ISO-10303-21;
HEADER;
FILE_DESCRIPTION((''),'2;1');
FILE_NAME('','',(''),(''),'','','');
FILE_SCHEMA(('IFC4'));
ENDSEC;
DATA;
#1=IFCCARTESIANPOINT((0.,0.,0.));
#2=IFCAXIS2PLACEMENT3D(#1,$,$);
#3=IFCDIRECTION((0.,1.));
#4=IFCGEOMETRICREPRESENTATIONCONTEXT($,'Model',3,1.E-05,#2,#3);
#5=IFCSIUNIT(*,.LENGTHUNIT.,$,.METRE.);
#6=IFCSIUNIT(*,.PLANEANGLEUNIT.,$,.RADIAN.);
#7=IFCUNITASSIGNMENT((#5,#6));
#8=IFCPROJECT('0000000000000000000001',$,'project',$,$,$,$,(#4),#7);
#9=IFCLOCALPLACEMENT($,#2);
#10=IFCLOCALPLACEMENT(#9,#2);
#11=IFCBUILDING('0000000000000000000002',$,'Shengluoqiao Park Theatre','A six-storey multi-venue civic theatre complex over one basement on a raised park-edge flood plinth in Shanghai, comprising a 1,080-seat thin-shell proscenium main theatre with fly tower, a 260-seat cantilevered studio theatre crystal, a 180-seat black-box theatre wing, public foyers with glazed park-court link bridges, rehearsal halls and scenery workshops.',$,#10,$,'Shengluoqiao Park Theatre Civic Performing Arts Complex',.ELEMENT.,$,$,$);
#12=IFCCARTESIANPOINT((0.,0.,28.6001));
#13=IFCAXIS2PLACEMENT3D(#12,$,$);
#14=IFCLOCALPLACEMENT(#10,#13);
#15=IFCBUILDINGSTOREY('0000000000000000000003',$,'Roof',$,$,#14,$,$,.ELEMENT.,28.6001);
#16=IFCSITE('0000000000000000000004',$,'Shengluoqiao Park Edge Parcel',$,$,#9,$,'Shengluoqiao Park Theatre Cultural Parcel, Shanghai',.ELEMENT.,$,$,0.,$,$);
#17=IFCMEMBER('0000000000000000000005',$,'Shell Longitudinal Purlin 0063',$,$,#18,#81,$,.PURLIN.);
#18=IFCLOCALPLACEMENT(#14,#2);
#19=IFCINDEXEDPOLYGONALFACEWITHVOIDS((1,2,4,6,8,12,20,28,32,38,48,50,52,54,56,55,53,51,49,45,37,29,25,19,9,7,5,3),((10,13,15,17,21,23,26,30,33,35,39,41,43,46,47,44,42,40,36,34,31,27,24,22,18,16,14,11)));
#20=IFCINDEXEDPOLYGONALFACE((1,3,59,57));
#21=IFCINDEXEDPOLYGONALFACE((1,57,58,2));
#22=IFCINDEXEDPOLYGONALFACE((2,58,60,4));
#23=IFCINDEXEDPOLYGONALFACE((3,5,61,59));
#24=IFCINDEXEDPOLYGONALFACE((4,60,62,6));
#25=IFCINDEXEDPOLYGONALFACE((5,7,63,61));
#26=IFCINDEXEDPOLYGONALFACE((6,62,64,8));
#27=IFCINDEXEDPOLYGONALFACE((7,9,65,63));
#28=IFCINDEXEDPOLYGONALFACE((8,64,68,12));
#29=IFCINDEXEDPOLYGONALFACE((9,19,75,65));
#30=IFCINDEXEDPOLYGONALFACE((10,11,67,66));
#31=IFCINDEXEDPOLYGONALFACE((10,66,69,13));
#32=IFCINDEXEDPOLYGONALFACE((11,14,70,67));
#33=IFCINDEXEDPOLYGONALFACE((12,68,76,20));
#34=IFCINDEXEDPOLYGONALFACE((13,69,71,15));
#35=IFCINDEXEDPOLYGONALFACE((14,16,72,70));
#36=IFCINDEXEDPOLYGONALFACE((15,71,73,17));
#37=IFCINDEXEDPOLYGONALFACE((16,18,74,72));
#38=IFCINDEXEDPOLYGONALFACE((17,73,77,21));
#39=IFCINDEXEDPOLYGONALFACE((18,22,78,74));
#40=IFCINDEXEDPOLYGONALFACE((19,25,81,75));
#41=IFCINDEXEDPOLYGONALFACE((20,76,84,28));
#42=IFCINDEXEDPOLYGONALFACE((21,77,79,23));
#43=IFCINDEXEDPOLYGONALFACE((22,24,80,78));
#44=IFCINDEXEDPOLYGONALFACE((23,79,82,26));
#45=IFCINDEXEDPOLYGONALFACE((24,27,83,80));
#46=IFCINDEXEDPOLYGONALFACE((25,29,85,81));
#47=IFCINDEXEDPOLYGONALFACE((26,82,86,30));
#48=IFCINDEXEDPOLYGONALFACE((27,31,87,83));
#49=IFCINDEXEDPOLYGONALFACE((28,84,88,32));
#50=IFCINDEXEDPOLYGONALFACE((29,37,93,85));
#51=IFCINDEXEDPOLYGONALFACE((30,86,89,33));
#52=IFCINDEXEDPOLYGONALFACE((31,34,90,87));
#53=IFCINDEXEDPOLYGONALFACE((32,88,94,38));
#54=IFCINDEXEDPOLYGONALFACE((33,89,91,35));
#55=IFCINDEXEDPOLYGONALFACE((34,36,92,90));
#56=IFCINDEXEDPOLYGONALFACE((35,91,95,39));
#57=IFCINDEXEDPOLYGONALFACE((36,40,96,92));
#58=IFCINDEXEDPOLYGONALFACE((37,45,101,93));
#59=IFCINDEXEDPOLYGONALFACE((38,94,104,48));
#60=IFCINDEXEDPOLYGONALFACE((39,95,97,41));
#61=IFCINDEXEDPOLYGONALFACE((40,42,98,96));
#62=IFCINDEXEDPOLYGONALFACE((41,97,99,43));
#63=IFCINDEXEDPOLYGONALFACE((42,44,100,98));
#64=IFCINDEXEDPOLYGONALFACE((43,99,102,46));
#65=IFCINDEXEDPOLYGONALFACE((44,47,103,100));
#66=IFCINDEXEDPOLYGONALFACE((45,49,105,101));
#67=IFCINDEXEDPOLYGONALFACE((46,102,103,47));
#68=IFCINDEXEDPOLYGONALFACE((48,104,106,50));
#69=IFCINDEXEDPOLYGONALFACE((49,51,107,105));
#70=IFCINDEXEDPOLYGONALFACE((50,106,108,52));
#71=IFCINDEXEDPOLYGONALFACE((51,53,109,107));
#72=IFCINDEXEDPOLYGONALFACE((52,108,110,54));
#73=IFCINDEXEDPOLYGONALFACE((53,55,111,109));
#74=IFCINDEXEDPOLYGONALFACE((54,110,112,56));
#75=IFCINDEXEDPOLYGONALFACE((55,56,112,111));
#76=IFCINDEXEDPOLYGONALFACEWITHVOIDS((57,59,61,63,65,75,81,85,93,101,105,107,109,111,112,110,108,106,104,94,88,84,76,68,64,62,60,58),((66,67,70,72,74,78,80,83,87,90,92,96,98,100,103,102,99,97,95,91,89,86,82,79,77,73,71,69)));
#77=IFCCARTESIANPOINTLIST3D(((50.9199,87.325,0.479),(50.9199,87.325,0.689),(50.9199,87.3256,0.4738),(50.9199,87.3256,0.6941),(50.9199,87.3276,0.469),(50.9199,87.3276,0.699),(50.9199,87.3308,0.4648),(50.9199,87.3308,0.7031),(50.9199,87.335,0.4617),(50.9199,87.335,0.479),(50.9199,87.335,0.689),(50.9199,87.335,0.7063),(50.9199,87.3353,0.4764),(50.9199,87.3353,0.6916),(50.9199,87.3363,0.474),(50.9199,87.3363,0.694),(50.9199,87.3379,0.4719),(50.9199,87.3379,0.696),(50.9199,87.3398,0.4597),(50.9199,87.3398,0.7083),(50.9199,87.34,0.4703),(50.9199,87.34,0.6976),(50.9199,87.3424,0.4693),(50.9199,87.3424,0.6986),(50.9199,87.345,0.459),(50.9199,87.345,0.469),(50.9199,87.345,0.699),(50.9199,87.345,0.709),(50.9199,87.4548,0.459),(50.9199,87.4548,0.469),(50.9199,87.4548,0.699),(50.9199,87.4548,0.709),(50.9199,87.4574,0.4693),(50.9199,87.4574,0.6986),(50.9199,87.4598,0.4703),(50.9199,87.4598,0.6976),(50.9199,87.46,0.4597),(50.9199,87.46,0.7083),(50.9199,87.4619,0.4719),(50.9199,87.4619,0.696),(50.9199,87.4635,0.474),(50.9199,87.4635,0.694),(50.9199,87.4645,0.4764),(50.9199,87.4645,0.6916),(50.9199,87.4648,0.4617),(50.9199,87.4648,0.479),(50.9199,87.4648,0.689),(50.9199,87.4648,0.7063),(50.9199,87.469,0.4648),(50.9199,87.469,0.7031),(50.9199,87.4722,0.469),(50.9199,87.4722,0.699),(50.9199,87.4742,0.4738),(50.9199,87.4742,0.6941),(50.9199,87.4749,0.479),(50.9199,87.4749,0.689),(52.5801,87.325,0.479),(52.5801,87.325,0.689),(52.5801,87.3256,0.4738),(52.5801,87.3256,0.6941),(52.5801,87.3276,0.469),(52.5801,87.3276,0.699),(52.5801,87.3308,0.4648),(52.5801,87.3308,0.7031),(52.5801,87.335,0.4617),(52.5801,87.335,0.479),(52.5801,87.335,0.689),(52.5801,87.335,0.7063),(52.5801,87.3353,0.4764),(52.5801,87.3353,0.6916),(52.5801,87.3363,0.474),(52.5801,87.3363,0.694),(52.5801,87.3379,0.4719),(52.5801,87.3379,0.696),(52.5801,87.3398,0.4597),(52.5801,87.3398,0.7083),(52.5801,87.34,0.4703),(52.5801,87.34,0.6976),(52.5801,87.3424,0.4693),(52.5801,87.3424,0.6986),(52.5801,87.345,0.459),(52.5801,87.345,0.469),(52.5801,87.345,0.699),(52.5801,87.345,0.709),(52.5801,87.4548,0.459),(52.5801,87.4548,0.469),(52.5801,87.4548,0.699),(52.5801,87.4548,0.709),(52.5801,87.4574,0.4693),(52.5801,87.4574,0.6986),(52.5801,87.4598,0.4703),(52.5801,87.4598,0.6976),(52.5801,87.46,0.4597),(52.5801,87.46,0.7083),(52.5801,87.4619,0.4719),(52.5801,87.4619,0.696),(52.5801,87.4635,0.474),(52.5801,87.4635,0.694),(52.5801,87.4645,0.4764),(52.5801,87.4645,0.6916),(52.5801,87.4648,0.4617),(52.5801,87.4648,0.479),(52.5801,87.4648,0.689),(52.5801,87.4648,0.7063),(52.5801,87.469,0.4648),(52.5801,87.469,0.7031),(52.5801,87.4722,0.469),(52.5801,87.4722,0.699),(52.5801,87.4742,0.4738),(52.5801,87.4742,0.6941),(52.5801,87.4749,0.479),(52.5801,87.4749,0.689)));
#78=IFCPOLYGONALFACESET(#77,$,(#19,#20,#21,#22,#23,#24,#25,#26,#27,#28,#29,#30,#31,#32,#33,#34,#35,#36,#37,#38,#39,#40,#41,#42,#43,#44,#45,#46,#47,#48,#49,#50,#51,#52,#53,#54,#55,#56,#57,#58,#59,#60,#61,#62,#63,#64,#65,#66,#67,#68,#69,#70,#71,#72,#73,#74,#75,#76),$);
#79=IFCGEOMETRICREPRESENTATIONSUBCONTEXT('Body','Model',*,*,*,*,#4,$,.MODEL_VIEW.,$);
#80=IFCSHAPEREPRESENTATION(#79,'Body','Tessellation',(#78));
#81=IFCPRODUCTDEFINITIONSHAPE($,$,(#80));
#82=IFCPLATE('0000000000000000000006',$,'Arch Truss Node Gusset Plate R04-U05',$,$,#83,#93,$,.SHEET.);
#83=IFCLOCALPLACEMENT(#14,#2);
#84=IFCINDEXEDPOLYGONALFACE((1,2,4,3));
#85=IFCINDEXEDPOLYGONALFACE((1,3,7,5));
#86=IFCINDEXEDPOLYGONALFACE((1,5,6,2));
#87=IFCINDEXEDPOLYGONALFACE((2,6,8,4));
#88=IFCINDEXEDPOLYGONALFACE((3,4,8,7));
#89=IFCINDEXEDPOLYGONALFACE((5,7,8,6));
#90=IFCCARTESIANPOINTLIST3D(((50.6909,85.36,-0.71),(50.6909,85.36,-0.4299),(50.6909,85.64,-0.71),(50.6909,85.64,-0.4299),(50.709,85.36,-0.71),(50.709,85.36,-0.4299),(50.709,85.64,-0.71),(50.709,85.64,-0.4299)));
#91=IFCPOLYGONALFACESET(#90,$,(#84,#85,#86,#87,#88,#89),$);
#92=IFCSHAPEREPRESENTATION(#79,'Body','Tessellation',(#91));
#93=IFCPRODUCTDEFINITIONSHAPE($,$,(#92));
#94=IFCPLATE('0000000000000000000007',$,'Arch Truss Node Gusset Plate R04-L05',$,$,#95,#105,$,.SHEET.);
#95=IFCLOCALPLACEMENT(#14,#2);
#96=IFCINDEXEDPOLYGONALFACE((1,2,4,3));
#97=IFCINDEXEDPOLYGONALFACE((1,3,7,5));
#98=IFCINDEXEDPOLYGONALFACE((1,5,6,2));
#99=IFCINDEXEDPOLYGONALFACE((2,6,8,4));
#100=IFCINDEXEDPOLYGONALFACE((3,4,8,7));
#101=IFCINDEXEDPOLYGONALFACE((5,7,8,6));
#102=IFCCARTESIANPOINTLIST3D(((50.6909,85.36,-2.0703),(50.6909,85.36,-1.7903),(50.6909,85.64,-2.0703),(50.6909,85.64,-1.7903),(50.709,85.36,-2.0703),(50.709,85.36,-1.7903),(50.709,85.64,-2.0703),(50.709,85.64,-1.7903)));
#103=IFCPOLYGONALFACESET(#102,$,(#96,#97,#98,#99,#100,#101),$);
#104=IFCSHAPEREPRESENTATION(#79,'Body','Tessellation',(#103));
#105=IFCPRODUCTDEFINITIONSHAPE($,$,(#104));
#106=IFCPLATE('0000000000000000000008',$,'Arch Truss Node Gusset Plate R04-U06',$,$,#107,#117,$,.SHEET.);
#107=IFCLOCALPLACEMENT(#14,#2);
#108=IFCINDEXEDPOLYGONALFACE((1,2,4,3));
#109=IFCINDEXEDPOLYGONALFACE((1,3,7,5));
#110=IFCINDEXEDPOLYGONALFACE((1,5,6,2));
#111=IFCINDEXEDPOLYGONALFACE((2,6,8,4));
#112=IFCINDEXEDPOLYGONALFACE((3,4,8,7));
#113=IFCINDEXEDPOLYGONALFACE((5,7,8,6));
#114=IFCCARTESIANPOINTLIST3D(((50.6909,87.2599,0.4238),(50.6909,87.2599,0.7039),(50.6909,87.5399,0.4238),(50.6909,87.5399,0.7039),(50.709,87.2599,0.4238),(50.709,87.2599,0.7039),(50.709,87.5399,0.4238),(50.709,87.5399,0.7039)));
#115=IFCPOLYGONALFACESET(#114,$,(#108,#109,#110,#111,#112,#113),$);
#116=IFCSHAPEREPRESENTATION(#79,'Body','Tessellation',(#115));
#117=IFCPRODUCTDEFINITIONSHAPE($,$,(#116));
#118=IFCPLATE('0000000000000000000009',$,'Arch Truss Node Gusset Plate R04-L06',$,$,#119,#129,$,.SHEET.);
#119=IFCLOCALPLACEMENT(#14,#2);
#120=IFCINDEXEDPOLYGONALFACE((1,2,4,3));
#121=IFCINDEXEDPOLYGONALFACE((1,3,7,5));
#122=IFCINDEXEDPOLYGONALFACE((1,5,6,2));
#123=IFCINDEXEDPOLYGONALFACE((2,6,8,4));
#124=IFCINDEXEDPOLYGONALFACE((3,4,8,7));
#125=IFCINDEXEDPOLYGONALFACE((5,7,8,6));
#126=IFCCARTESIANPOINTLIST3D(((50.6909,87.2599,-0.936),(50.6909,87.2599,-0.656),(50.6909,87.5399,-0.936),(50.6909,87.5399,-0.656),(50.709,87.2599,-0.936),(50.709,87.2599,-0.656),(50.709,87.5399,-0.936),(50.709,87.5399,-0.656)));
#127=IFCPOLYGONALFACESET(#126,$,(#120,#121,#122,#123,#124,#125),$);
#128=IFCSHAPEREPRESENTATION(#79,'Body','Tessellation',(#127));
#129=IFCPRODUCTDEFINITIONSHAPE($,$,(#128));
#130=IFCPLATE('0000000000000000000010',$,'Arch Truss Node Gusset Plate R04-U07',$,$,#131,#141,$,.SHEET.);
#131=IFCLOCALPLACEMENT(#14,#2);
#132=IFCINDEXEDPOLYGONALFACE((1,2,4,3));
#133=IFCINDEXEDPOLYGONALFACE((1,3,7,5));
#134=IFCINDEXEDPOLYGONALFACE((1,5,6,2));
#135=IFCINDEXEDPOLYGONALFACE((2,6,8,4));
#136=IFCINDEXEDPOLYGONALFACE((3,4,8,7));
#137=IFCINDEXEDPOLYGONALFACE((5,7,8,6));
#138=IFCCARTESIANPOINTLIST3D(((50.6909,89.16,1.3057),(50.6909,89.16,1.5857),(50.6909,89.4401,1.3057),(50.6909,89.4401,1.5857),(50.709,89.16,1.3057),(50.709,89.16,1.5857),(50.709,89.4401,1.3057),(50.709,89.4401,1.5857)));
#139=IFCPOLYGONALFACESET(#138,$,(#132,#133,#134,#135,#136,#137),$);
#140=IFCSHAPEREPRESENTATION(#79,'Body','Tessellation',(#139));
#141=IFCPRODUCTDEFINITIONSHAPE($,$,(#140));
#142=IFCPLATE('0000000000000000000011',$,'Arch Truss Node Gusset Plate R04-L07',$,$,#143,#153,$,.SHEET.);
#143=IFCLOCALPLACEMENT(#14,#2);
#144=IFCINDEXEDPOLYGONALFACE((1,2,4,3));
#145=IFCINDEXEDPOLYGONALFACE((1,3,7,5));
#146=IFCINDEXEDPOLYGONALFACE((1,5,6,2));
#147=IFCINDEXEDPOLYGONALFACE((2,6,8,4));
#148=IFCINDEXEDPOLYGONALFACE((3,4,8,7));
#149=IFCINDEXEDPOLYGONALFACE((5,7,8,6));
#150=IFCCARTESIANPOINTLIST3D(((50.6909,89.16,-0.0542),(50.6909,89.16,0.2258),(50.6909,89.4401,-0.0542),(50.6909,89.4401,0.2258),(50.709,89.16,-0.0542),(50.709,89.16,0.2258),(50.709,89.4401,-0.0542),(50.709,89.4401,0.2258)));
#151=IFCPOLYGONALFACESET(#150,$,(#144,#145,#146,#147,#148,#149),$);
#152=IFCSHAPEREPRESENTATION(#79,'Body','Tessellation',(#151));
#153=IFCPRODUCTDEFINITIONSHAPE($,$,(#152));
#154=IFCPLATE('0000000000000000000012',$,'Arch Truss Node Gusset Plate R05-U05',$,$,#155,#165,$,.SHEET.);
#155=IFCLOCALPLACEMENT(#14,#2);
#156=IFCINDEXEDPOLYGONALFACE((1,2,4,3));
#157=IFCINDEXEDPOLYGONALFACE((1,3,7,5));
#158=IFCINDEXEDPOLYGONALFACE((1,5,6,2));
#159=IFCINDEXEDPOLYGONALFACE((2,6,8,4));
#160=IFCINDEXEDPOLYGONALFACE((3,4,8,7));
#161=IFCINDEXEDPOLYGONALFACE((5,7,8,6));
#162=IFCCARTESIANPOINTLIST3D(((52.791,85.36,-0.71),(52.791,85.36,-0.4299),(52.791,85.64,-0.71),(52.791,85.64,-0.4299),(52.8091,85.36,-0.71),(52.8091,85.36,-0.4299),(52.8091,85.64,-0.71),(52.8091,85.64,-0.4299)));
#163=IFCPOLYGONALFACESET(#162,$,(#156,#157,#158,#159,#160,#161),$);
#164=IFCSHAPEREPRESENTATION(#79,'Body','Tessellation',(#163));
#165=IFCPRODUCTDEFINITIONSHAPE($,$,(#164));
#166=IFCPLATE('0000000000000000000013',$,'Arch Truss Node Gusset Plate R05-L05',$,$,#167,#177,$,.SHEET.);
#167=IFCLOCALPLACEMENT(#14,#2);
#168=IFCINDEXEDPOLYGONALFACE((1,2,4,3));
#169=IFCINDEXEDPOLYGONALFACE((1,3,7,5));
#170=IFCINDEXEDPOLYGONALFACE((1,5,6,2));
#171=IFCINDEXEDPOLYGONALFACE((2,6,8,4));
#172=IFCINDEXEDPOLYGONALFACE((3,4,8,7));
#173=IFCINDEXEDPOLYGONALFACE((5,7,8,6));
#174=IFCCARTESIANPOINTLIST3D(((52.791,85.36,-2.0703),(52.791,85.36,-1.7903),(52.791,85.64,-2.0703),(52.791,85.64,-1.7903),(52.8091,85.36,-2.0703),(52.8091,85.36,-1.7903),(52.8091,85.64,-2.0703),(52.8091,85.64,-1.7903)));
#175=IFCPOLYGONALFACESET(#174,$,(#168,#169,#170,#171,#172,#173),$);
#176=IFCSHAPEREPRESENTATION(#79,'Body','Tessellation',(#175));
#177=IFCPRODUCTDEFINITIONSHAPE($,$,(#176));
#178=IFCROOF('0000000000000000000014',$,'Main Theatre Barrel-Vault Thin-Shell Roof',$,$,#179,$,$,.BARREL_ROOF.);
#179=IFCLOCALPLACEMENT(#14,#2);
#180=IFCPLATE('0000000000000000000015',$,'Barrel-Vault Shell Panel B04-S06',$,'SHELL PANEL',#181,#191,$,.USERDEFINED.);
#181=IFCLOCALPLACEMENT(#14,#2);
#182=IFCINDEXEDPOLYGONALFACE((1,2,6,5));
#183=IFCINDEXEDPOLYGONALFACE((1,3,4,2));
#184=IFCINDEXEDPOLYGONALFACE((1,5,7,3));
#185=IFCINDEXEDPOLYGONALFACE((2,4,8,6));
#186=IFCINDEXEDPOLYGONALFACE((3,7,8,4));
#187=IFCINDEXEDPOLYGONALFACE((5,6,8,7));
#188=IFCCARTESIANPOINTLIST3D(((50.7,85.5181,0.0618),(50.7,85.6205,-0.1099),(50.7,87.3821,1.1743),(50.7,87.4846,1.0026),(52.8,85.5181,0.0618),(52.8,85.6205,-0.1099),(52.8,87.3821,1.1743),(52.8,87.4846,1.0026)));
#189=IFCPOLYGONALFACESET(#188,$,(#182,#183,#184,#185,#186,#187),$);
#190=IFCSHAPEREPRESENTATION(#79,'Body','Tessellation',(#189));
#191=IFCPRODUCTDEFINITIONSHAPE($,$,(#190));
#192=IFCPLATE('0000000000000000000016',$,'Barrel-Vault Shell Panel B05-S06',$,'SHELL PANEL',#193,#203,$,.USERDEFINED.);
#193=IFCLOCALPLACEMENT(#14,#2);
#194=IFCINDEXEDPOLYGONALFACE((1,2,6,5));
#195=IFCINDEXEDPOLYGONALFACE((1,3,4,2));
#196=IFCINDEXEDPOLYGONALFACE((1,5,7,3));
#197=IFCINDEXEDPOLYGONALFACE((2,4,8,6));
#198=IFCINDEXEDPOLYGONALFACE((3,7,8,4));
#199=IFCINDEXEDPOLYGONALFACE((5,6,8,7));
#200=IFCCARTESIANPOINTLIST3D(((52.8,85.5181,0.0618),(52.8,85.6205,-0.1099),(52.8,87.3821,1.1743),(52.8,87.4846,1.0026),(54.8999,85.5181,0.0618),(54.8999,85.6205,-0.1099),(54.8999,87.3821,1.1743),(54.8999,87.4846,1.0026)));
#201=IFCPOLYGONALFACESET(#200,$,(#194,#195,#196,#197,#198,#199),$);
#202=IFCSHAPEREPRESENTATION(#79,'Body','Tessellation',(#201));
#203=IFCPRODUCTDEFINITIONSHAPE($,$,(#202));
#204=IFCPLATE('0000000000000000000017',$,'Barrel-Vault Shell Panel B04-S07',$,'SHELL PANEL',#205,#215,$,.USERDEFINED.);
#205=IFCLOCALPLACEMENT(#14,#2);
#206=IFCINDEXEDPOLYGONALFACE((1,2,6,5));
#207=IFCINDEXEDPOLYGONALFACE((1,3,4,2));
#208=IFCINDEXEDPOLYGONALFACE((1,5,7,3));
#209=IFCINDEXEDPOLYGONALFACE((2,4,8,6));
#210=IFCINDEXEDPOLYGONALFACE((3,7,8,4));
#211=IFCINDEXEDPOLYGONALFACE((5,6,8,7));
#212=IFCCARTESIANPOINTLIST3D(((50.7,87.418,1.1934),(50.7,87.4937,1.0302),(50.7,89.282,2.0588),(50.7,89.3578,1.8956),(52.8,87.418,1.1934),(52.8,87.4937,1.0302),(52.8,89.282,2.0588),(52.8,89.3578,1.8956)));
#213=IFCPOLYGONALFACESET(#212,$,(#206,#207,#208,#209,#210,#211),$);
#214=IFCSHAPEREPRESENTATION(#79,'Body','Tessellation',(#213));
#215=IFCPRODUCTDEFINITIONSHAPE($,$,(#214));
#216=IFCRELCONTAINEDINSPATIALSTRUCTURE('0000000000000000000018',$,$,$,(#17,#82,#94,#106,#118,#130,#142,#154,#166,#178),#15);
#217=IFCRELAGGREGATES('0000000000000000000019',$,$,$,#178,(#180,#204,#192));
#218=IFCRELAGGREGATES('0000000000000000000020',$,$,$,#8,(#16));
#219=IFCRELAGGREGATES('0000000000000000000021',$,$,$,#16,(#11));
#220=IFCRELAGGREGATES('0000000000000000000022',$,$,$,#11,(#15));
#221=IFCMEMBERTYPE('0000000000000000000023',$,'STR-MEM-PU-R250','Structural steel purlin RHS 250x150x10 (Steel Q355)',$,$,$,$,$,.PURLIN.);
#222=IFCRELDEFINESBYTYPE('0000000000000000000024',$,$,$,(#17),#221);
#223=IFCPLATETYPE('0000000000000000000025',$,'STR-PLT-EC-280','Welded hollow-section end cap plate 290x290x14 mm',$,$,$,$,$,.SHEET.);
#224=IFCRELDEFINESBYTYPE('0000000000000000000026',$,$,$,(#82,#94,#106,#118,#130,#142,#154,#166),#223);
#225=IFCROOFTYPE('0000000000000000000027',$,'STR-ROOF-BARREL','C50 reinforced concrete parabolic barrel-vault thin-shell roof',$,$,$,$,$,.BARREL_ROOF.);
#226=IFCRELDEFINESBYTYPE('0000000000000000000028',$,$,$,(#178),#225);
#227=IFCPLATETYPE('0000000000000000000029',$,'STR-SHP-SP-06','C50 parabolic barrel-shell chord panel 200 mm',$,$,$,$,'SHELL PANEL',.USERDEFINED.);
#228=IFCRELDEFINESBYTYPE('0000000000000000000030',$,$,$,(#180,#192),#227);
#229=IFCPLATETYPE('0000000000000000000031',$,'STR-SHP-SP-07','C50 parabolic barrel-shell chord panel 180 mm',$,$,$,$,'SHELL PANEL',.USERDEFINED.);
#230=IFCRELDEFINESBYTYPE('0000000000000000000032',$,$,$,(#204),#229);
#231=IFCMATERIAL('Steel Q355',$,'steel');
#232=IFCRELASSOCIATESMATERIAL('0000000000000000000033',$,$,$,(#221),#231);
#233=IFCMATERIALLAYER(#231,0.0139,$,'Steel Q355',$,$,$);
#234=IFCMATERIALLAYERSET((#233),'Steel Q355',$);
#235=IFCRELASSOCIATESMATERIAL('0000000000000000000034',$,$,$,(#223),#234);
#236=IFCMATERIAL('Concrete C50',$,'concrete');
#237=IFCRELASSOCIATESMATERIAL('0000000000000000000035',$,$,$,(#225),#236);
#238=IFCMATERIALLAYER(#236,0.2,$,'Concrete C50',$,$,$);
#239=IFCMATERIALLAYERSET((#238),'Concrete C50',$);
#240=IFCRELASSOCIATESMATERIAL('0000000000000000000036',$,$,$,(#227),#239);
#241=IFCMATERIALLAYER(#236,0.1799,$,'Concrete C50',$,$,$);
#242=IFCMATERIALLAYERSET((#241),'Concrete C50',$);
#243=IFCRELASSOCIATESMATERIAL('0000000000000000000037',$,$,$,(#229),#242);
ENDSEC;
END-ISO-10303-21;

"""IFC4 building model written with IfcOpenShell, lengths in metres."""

from ifc_helpers import new_model, si_unit, direction, frame, origin, origin_2d, place, context, subcontext, project, spatial, polyline, rectangle, hollow_rectangle, outline, extrude, material, layer, layer_set, material_profile, profile_set, type_object, element, aggregate, save


model = new_model("IFC4")

# Units and contexts
model_context = context("Model", 3, precision=1e-05, world=origin(), true_north=direction((0.0, 1.0)))
body_context = subcontext(model_context, "Body", "Model", "MODEL_VIEW")
ifc_project = project(units=[si_unit("LENGTHUNIT", "METRE"), si_unit("PLANEANGLEUNIT", "RADIAN")], contexts=[model_context])

# Site, building, storey
site_placement = place(None, origin())
site = spatial("IfcSite", under=ifc_project, at=site_placement, Name="Shengluoqiao Park Edge Parcel", LongName="Shengluoqiao Park Theatre Cultural Parcel, Shanghai", CompositionType="ELEMENT", RefElevation=0.0)
building_placement = place(site_placement, origin())
building = spatial("IfcBuilding", under=site, at=building_placement, Name="Shengluoqiao Park Theatre", Description="A six-storey multi-venue civic theatre complex over one basement on a raised park-edge flood plinth in Shanghai, comprising a 1,080-seat thin-shell proscenium main theatre with fly tower, a 260-seat cantilevered studio theatre crystal, a 180-seat black-box theatre wing, public foyers with glazed park-court link bridges, rehearsal halls and scenery workshops.", LongName="Shengluoqiao Park Theatre Civic Performing Arts Complex", CompositionType="ELEMENT")
storey_placement = place(building_placement, frame((0.0, 0.0, 28.6001)))
storey = spatial("IfcBuildingStorey", under=building, at=storey_placement, Name="Roof", CompositionType="ELEMENT", Elevation=28.6001)

# Shared definitions
ifc_material_1 = material(Name="Concrete C50", Category="concrete")
ifc_material_2 = material(Name="Steel Q355", Category="steel")

# Member
ifc_material_profile_1 = material_profile(ifc_material_2, hollow_rectangle(XDim=0.1499, YDim=0.25, WallThickness=0.01, InnerFilletRadius=0.01, OuterFilletRadius=0.02, at=origin_2d()), Name="RHS 250x150x10")
ifc_profile_set_1 = profile_set([ifc_material_profile_1], Name="Steel Q355")
member_type_1 = type_object("IfcMemberType", Name="STR-MEM-PU-R250", Description="Structural steel purlin RHS 250x150x10 (Steel Q355)", PredefinedType="PURLIN", material=ifc_profile_set_1)
member_1_placement = place(storey_placement, frame((50.9199, 87.3999, 0.584), z_axis=(1.0, 0.0, 0.0), x_axis=(0.0, 1.0, 0.0)))
element("IfcMember", 1, at=member_1_placement, inside=storey, type_object=member_type_1, Name="Shell Longitudinal Purlin 0063", PredefinedType="PURLIN", context=body_context, shape_type="SweptSolid", body=[
    extrude(hollow_rectangle(XDim=0.1499, YDim=0.25, WallThickness=0.01, InnerFilletRadius=0.01, OuterFilletRadius=0.02, at=origin_2d()), origin(), (0.0, 0.0, 1.0), 1.6602),
])

# Plates
ifc_layer_1 = layer(ifc_material_2, 0.0139, Name="Steel Q355")
ifc_layer_set_1 = layer_set([ifc_layer_1], Name="Steel Q355")
plate_type_1 = type_object("IfcPlateType", Name="STR-PLT-EC-280", Description="Welded hollow-section end cap plate 290x290x14 mm", PredefinedType="SHEET", material=ifc_layer_set_1)
for number, where, z_axis, x_axis, name in (
    (2, (50.7, 85.5, -0.71), (0.0, 0.0, 1.0), (1.0, 0.0, 0.0), "Arch Truss Node Gusset Plate R04-U05"),
    (3, (50.7, 85.5, -2.0703), (0.0, 0.0, 1.0), (1.0, 0.0, 0.0), "Arch Truss Node Gusset Plate R04-L05"),
    (4, (50.7, 87.3999, 0.4238), (0.0, 0.0, 1.0), (1.0, 0.0, 0.0), "Arch Truss Node Gusset Plate R04-U06"),
    (5, (50.7, 87.3999, -0.936), (0.0, 0.0, 1.0), (1.0, 0.0, 0.0), "Arch Truss Node Gusset Plate R04-L06"),
    (6, (50.7, 89.3, 1.3057), (0.0, 0.0, 1.0), (1.0, 0.0, 0.0), "Arch Truss Node Gusset Plate R04-U07"),
    (7, (50.7, 89.3, -0.0542), (0.0, 0.0, 1.0), (1.0, 0.0, 0.0), "Arch Truss Node Gusset Plate R04-L07"),
    (8, (52.8, 85.5, -0.71), (0.0, 0.0, 1.0), (1.0, 0.0, 0.0), "Arch Truss Node Gusset Plate R05-U05"),
    (9, (52.8, 85.5, -2.0703), (0.0, 0.0, 1.0), (1.0, 0.0, 0.0), "Arch Truss Node Gusset Plate R05-L05"),
):
    element("IfcPlate", number, at=place(storey_placement, frame(where, z_axis=z_axis, x_axis=x_axis)), inside=storey, type_object=plate_type_1, Name=name, PredefinedType="SHEET", context=body_context, shape_type="SweptSolid", body=[
        extrude(rectangle(XDim=0.0181, YDim=0.28, at=origin_2d()), origin(), (0.0, 0.0, 1.0), 0.28),
    ])

# Roof, plates
roof_type = type_object("IfcRoofType", Name="STR-ROOF-BARREL", Description="C50 reinforced concrete parabolic barrel-vault thin-shell roof", PredefinedType="BARREL_ROOF", material=ifc_material_1)
roof_placement = place(storey_placement, origin())
roof = element("IfcRoof", 10, at=roof_placement, inside=storey, type_object=roof_type, Name="Main Theatre Barrel-Vault Thin-Shell Roof", PredefinedType="BARREL_ROOF")
ifc_layer_2 = layer(ifc_material_1, 0.2, Name="Concrete C50")
ifc_layer_set_2 = layer_set([ifc_layer_2], Name="Concrete C50")
plate_type_2 = type_object("IfcPlateType", Name="STR-SHP-SP-06", Description="C50 parabolic barrel-shell chord panel 200 mm", ElementType="SHELL PANEL", PredefinedType="USERDEFINED", material=ifc_layer_set_2)
plate_1_placement = place(storey_placement, frame((50.7, 85.5181, 0.0618), z_axis=(0.0, -0.51251, 0.858681), x_axis=(1.0, 0.0, 0.0)))
plate_1 = element("IfcPlate", 11, at=plate_1_placement, type_object=plate_type_2, Name="Barrel-Vault Shell Panel B04-S06", ObjectType="SHELL PANEL", PredefinedType="USERDEFINED", context=body_context, shape_type="SweptSolid", body=[
    extrude(outline(polyline([(0.0, 0.0), (2.1001, 0.0), (2.1001, 2.1708), (0.0, 2.1708), (0.0, 0.0)])), origin(), (0.0, 0.0, -1.0), 0.2),
])
plate_2_placement = place(storey_placement, frame((52.8, 85.5181, 0.0618), z_axis=(0.0, -0.51251, 0.858681), x_axis=(1.0, 0.0, 0.0)))
plate_2 = element("IfcPlate", 12, at=plate_2_placement, type_object=plate_type_2, Name="Barrel-Vault Shell Panel B05-S06", ObjectType="SHELL PANEL", PredefinedType="USERDEFINED", context=body_context, shape_type="SweptSolid", body=[
    extrude(outline(polyline([(0.0, 0.0), (2.0999, 0.0), (2.0999, 2.1708), (0.0, 2.1708), (0.0, 0.0)])), origin(), (0.0, 0.0, -1.0), 0.2),
])
ifc_layer_3 = layer(ifc_material_1, 0.1799, Name="Concrete C50")
ifc_layer_set_3 = layer_set([ifc_layer_3], Name="Concrete C50")
plate_type_3 = type_object("IfcPlateType", Name="STR-SHP-SP-07", Description="C50 parabolic barrel-shell chord panel 180 mm", ElementType="SHELL PANEL", PredefinedType="USERDEFINED", material=ifc_layer_set_3)
plate_3_placement = place(storey_placement, frame((50.7, 87.418, 1.1934), z_axis=(0.0, -0.421129, 0.907001), x_axis=(1.0, 0.0, 0.0)))
plate_3 = element("IfcPlate", 13, at=plate_3_placement, type_object=plate_type_3, Name="Barrel-Vault Shell Panel B04-S07", ObjectType="SHELL PANEL", PredefinedType="USERDEFINED", context=body_context, shape_type="SweptSolid", body=[
    extrude(outline(polyline([(0.0, 0.0), (2.1001, 0.0), (2.1001, 2.0551), (0.0, 2.0551), (0.0, 0.0)])), origin(), (0.0, 0.0, -1.0), 0.1799),
])
aggregate(roof, [plate_1, plate_3, plate_2])

save(model, "model.ifc")
